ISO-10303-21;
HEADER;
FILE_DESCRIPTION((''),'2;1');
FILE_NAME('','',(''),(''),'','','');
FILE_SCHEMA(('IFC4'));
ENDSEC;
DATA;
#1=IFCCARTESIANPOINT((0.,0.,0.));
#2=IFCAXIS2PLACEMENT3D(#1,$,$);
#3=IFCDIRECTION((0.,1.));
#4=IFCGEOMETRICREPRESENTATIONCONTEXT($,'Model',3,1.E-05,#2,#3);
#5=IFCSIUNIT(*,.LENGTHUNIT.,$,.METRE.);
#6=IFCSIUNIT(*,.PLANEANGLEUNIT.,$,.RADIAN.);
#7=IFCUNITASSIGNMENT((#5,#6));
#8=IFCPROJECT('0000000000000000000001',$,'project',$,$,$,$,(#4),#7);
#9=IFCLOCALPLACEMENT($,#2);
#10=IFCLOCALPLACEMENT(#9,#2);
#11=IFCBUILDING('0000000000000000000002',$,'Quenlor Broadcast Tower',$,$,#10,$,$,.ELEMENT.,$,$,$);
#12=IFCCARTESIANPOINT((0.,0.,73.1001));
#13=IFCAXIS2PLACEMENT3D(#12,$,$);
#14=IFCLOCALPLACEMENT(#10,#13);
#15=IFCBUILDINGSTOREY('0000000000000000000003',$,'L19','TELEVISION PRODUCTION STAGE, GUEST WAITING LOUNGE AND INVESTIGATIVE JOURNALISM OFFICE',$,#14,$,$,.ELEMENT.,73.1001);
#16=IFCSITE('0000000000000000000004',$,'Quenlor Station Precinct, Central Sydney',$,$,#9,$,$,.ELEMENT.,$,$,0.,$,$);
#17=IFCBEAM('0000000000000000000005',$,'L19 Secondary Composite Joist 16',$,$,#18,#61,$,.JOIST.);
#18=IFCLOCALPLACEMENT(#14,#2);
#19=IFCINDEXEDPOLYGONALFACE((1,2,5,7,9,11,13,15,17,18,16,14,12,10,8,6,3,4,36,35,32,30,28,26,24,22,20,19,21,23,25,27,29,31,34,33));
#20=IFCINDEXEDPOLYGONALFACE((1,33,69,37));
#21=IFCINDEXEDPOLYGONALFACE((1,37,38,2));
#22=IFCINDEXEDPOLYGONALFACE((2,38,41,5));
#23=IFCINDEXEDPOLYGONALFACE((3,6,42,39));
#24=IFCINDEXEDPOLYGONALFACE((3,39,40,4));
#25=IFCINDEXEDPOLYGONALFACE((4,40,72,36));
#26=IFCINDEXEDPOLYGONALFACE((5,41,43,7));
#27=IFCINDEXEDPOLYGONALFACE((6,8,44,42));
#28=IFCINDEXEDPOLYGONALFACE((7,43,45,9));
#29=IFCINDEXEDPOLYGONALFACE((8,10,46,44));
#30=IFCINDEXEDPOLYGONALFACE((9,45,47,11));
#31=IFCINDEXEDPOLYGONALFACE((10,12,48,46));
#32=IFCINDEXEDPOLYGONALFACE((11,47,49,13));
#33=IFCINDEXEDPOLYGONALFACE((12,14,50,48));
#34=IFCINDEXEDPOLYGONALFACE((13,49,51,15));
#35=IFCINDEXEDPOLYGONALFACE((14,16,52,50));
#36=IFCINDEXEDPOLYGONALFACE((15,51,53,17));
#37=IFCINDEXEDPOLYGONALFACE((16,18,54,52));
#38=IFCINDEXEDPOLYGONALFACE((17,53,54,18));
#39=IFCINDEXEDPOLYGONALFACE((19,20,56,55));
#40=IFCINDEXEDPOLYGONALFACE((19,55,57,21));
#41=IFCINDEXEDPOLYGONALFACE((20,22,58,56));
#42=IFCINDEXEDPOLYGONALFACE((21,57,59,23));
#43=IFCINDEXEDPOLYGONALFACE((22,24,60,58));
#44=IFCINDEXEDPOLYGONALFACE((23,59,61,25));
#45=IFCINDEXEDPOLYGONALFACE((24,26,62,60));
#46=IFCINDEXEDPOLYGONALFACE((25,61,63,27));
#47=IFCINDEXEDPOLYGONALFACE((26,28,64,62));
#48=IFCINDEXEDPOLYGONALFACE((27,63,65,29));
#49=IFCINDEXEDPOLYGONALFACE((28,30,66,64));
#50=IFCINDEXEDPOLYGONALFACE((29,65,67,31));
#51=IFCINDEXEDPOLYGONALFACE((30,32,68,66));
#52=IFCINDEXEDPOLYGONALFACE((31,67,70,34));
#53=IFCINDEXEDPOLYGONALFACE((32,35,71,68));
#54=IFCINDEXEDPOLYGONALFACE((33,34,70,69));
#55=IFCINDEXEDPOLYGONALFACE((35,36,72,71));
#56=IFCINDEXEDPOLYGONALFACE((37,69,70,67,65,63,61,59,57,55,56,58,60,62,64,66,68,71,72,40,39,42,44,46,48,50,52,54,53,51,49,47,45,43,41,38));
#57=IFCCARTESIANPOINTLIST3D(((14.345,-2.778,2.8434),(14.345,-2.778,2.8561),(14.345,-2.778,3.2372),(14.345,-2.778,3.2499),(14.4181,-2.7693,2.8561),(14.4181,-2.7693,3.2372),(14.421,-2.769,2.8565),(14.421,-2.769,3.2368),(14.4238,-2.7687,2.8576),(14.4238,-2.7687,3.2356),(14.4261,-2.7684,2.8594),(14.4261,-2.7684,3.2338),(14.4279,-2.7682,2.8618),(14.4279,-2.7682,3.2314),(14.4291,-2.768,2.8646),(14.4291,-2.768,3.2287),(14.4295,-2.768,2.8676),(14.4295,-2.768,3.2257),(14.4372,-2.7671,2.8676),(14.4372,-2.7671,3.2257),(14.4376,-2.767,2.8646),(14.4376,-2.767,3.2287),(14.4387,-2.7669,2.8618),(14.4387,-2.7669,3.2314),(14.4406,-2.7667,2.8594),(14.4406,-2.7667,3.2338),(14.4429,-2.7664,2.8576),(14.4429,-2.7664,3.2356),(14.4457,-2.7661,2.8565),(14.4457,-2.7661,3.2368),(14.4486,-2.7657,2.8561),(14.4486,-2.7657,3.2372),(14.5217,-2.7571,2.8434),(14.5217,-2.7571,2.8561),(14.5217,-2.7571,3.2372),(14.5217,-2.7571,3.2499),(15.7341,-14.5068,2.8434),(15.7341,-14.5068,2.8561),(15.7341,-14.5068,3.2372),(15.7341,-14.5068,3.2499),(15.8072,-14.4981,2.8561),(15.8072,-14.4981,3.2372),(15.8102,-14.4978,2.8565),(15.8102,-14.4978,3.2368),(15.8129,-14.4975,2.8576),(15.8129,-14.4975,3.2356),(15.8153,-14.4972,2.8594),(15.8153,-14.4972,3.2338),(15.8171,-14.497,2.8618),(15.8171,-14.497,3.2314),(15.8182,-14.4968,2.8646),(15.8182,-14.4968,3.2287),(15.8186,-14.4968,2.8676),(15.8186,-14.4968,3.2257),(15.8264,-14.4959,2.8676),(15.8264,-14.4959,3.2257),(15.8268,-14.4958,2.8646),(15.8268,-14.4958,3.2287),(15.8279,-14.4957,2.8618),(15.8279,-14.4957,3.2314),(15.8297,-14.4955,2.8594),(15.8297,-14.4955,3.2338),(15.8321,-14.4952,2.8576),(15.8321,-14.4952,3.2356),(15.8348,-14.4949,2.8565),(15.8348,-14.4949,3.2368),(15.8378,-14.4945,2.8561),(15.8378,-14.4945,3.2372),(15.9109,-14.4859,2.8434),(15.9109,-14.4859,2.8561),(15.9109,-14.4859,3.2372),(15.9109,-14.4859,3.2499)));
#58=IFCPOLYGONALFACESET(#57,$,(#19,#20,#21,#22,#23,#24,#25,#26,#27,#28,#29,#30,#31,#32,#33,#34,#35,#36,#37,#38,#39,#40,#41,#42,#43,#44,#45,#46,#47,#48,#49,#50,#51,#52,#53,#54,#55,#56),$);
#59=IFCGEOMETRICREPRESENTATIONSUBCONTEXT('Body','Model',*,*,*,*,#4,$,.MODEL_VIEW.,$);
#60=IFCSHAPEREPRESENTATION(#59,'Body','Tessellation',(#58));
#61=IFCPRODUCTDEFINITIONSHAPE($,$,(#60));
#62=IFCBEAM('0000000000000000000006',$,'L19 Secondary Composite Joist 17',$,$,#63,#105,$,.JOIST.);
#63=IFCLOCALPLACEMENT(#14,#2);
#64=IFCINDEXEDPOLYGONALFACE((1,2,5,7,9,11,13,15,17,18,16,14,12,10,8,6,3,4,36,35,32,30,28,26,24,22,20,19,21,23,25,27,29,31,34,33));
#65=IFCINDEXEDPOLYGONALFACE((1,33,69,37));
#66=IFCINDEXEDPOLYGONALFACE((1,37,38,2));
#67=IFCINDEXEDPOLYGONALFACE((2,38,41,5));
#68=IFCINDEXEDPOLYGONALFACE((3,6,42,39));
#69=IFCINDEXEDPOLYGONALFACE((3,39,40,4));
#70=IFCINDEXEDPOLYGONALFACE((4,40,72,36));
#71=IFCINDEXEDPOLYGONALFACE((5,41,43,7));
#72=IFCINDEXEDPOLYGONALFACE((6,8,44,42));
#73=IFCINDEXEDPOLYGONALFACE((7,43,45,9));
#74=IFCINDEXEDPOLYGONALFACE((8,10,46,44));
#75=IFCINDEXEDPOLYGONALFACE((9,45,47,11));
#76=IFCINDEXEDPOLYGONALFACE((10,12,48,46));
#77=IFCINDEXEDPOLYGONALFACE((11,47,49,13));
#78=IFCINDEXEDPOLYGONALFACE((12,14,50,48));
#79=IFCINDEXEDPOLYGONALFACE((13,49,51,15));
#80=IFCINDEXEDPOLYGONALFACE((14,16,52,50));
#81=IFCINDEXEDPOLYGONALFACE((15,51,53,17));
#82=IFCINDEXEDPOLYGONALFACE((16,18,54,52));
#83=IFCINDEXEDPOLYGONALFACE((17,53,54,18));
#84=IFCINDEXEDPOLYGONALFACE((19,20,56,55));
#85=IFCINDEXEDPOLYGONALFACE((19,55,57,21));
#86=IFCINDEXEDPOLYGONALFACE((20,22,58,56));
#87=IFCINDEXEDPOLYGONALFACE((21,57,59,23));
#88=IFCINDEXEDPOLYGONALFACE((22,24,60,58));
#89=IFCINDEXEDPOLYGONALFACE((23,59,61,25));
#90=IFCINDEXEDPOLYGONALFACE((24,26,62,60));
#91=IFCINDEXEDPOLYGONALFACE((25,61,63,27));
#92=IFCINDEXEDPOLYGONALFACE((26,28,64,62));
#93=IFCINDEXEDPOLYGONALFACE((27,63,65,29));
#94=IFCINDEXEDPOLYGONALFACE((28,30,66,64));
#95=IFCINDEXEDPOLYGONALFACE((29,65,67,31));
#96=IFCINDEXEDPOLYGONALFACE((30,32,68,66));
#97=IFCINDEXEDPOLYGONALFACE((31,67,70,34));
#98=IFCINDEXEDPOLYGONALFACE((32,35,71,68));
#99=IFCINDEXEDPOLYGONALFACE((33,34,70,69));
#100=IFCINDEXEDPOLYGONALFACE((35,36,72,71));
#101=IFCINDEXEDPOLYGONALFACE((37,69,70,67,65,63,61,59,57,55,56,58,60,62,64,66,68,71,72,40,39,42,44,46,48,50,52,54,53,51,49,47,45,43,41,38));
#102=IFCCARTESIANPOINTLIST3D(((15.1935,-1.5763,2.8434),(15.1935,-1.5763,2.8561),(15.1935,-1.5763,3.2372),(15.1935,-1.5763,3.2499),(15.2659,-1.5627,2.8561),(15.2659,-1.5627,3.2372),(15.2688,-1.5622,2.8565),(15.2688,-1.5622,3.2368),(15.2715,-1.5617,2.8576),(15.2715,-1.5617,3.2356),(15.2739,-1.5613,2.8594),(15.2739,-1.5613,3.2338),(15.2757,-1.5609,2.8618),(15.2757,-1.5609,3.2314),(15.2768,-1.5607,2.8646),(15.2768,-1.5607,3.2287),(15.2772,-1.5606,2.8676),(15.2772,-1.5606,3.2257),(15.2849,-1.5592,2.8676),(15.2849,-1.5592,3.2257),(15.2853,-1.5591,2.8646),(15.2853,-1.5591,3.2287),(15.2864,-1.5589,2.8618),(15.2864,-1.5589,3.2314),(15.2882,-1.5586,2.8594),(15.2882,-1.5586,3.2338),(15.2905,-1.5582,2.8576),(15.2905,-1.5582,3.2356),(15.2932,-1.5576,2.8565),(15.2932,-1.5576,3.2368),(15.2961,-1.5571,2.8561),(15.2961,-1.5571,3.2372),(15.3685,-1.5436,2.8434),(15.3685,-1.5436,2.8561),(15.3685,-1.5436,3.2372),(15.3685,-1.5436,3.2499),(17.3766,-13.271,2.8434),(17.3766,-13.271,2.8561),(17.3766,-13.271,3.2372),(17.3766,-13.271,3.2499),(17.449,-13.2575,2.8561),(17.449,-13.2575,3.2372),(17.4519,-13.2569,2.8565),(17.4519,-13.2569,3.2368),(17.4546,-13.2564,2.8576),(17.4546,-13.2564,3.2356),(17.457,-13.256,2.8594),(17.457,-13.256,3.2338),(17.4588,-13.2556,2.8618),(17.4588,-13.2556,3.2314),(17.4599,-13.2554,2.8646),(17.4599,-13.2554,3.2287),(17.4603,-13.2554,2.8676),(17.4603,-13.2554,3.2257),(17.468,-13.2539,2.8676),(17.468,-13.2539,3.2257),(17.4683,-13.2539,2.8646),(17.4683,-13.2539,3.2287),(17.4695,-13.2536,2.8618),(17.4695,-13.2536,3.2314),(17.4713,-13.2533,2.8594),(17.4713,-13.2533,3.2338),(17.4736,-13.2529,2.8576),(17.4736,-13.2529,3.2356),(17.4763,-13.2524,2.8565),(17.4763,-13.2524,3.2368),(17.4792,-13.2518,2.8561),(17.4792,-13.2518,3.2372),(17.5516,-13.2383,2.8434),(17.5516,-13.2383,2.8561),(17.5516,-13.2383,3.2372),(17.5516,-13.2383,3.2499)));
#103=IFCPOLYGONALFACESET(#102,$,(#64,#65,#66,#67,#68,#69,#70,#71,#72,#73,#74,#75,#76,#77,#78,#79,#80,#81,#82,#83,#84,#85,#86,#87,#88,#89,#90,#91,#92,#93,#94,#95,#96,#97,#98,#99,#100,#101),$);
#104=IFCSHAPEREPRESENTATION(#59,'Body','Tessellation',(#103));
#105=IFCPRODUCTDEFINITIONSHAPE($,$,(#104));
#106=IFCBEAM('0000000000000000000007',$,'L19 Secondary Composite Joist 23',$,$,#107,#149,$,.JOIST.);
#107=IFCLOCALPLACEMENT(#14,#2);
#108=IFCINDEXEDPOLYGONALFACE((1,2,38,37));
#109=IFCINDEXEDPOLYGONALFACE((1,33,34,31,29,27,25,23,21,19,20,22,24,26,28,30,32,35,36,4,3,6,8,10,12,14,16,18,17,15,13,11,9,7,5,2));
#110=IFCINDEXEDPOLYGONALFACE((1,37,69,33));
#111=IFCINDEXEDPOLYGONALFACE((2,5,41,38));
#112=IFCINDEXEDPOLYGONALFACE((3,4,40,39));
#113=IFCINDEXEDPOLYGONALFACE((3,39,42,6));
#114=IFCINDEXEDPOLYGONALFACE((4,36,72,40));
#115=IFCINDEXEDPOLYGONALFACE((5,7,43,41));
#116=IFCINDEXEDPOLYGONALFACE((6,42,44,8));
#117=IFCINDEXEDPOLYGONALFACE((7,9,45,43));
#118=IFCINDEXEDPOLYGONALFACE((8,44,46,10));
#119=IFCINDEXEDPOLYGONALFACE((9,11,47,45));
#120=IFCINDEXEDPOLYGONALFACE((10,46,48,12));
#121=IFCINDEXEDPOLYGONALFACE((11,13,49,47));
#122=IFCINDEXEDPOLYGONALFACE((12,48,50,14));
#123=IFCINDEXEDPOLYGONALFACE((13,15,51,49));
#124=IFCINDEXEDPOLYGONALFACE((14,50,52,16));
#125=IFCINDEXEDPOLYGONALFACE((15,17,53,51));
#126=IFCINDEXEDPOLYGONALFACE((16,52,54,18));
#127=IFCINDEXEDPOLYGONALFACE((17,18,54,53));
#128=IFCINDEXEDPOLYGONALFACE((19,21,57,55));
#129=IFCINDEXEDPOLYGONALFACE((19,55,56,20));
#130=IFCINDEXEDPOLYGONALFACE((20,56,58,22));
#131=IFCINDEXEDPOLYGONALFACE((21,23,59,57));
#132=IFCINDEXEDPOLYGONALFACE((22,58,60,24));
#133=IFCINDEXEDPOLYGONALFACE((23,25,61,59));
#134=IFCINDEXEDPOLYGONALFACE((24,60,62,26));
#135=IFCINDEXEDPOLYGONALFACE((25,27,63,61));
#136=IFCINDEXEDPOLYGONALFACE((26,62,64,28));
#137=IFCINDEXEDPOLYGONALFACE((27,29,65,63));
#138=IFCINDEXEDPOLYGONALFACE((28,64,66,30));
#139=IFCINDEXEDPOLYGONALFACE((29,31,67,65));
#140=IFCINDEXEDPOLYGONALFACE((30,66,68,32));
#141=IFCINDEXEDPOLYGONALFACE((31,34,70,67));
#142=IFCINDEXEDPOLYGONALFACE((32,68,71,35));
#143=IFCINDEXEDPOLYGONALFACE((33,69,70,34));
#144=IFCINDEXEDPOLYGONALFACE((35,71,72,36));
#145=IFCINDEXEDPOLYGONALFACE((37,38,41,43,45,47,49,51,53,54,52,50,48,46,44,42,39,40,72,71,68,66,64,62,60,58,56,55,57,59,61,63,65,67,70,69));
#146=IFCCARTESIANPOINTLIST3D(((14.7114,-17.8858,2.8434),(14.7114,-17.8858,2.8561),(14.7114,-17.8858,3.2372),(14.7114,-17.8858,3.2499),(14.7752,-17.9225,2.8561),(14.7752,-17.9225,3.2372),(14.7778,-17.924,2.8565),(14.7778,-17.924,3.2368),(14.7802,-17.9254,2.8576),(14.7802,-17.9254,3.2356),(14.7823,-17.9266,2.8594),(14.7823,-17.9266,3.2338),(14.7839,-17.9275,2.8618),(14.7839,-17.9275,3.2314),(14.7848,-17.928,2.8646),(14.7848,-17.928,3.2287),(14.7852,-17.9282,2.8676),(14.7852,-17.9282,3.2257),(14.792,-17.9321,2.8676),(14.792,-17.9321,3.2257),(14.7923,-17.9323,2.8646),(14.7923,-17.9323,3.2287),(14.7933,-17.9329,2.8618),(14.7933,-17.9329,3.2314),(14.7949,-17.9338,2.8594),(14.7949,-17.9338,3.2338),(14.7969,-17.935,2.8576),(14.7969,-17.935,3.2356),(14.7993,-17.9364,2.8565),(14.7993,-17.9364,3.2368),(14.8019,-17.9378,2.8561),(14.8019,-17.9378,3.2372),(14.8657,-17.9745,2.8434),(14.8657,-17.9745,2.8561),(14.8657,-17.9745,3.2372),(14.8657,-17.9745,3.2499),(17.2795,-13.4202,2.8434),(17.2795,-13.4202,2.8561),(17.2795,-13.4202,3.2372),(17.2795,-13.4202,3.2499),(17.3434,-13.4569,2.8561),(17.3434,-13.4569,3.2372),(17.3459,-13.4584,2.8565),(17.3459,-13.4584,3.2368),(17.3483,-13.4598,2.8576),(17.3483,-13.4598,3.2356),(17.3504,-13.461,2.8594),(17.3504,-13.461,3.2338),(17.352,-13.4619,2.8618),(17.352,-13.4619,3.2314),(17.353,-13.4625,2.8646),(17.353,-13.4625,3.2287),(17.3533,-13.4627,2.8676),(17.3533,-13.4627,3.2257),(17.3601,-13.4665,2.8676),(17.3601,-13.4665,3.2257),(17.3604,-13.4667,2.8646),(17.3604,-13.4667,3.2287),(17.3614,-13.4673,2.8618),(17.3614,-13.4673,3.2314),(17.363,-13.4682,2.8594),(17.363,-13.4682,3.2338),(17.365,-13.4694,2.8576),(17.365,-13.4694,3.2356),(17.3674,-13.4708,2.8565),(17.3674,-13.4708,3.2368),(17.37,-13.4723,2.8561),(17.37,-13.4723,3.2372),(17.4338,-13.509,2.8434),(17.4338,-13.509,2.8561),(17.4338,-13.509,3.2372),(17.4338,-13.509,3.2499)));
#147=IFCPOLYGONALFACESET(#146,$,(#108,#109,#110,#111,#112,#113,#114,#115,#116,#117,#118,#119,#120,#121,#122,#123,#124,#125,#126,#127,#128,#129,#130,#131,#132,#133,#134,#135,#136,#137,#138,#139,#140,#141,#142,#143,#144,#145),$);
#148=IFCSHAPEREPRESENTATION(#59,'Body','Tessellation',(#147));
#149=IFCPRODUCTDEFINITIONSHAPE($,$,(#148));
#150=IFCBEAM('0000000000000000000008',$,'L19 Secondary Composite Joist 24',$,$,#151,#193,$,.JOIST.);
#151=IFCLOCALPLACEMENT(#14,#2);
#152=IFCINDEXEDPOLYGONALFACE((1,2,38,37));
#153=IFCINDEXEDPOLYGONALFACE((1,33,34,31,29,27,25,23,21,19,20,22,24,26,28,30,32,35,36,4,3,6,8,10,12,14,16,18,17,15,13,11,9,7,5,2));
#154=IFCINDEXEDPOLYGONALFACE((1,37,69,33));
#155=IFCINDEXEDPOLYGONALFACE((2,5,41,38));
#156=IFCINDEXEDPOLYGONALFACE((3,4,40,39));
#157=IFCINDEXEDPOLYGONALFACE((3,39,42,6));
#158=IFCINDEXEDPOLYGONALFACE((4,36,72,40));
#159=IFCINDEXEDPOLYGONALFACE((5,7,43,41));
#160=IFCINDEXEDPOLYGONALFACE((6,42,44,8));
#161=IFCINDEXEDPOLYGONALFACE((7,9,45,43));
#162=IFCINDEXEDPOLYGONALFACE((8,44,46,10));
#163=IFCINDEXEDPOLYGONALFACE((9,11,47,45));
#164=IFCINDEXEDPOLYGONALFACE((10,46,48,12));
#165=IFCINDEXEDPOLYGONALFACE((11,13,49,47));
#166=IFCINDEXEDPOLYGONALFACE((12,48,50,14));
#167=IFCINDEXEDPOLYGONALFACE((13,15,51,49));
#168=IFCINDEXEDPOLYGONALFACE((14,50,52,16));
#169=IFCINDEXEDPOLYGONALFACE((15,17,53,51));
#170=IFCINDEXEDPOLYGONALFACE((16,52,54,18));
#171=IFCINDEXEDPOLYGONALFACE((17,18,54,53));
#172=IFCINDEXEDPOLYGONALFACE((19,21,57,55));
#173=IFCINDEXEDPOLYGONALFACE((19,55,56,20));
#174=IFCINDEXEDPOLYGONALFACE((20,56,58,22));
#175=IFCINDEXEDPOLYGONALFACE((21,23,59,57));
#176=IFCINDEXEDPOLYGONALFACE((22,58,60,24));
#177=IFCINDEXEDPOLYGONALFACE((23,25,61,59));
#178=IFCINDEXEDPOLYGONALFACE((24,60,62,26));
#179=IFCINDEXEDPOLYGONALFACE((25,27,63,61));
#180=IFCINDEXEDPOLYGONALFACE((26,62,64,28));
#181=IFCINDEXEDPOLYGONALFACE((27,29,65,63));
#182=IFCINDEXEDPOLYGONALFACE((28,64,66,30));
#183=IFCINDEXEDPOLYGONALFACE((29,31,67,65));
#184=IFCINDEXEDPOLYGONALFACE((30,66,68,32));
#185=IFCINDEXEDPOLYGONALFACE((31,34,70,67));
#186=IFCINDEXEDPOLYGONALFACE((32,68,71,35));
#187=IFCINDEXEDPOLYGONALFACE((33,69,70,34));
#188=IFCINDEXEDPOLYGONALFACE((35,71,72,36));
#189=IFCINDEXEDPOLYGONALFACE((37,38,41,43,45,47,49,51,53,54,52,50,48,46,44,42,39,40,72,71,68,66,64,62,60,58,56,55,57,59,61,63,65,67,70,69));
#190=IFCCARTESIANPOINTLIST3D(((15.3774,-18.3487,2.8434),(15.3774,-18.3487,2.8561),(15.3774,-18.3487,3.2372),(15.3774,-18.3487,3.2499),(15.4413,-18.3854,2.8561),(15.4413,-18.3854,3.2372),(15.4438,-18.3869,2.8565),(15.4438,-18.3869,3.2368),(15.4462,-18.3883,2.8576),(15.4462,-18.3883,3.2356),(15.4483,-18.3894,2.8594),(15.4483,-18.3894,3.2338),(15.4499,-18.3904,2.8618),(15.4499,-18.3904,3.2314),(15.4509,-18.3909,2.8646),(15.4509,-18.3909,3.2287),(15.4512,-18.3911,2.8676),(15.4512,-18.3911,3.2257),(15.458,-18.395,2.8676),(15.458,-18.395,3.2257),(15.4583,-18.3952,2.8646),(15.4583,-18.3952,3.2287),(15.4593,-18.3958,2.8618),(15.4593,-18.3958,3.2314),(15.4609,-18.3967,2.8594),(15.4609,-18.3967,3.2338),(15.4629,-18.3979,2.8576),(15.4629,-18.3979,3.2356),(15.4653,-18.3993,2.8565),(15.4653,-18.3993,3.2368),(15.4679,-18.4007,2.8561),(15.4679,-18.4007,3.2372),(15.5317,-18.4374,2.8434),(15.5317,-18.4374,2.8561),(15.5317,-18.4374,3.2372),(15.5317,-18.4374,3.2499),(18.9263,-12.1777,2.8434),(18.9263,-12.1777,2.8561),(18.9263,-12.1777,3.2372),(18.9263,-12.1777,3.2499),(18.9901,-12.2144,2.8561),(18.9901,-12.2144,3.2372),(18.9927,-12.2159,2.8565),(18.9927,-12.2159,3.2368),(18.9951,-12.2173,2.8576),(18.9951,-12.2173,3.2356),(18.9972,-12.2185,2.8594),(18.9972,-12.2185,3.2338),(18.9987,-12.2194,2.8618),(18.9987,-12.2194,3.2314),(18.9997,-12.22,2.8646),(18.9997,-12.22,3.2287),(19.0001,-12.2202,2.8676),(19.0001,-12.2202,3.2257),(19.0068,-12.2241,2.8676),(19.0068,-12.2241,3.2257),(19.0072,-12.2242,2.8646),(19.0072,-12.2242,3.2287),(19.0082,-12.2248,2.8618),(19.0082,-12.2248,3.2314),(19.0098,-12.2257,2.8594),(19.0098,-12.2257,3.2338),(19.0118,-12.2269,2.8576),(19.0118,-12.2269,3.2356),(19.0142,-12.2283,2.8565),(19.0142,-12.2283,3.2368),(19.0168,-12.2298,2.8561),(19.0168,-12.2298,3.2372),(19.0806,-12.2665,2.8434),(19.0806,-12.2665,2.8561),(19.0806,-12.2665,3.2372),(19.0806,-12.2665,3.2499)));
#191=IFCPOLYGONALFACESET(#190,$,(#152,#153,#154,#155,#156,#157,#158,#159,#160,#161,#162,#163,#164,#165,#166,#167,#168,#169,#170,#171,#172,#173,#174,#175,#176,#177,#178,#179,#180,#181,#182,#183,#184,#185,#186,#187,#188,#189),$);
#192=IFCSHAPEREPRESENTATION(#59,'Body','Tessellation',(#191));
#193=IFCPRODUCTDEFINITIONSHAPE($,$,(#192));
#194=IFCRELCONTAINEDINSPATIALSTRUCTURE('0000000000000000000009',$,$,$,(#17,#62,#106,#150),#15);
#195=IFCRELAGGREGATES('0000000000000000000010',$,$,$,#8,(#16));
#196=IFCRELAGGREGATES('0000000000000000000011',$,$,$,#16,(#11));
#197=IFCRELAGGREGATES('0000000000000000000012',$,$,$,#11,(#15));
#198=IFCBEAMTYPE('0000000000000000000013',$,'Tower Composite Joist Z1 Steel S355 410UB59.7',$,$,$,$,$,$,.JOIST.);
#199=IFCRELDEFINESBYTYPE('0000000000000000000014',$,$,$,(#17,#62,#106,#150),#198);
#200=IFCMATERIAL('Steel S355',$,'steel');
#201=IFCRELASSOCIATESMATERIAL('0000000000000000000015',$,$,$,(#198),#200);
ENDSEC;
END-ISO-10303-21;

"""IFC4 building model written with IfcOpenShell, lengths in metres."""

from ifc_helpers import new_model, si_unit, direction, frame, origin, origin_2d, place, context, subcontext, project, spatial, i_section, extrude, material, material_profile, profile_set, type_object, element, save


model = new_model("IFC4")

# Units and contexts
model_context = context("Model", 3, precision=1e-05, world=origin(), true_north=direction((0.0, 1.0)))
body_context = subcontext(model_context, "Body", "Model", "MODEL_VIEW")
ifc_project = project(units=[si_unit("LENGTHUNIT", "METRE"), si_unit("PLANEANGLEUNIT", "RADIAN")], contexts=[model_context])

# Site, building, storey
site_placement = place(None, origin())
site = spatial("IfcSite", under=ifc_project, at=site_placement, Name="Quenlor Station Precinct, Central Sydney", CompositionType="ELEMENT", RefElevation=0.0)
building_placement = place(site_placement, origin())
building = spatial("IfcBuilding", under=site, at=building_placement, Name="Quenlor Broadcast Tower", CompositionType="ELEMENT")
storey_placement = place(building_placement, frame((0.0, 0.0, 73.1001)))
storey = spatial("IfcBuildingStorey", under=building, at=storey_placement, Name="L19", Description="TELEVISION PRODUCTION STAGE, GUEST WAITING LOUNGE AND INVESTIGATIVE JOURNALISM OFFICE", CompositionType="ELEMENT", Elevation=73.1001)

# Beams
ifc_material_1 = material(Name="Steel S355", Category="steel")
ifc_material_profile_1 = material_profile(ifc_material_1, i_section(OverallWidth=0.178, OverallDepth=0.4065, WebThickness=0.0078, FlangeThickness=0.0127, FilletRadius=0.0115, at=origin_2d()))
ifc_profile_set_1 = profile_set([ifc_material_profile_1], Name="Steel S355 410UB59.7")
beam_type_1 = type_object("IfcBeamType", Name="Tower Composite Joist Z1 Steel S355 410UB59.7", PredefinedType="JOIST", material=ifc_profile_set_1)
beam_1_placement = place(storey_placement, frame((15.8225, -14.4963, 3.0466), z_axis=(-0.117618, 0.993059, 0.0), x_axis=(-0.993059, -0.117618, 0.0)))
element("IfcBeam", 1, at=beam_1_placement, inside=storey, type_object=beam_type_1, Name="L19 Secondary Composite Joist 16", PredefinedType="JOIST", context=body_context, shape_type="SweptSolid", body=[
    extrude(i_section(OverallWidth=0.178, OverallDepth=0.4065, WebThickness=0.0078, FlangeThickness=0.0127, FilletRadius=0.0115, at=origin_2d()), origin(), (0.0, 0.0, 1.0), 11.8108),
])
beam_2_placement = place(storey_placement, frame((17.4641, -13.2546, 3.0466), z_axis=(-0.183503, 0.983019, 0.0), x_axis=(-0.983019, -0.183503, 0.0)))
element("IfcBeam", 2, at=beam_2_placement, inside=storey, type_object=beam_type_1, Name="L19 Secondary Composite Joist 17", PredefinedType="JOIST", context=body_context, shape_type="SweptSolid", body=[
    extrude(i_section(OverallWidth=0.178, OverallDepth=0.4065, WebThickness=0.0078, FlangeThickness=0.0127, FilletRadius=0.0115, at=origin_2d()), origin(), (0.0, 0.0, 1.0), 11.8967),
])
beam_3_placement = place(storey_placement, frame((14.7886, -17.9302, 3.0466), z_axis=(0.498531, 0.866872, 0.0), x_axis=(-0.866872, 0.498531, 0.0)))
element("IfcBeam", 3, at=beam_3_placement, inside=storey, type_object=beam_type_1, Name="L19 Secondary Composite Joist 23", PredefinedType="JOIST", context=body_context, shape_type="SweptSolid", body=[
    extrude(i_section(OverallWidth=0.178, OverallDepth=0.4065, WebThickness=0.0078, FlangeThickness=0.0127, FilletRadius=0.0115, at=origin_2d()), origin(), (0.0, 0.0, 1.0), 5.1514),
])
beam_4_placement = place(storey_placement, frame((15.4546, -18.3931, 3.0466), z_axis=(0.49853, 0.866872, 0.0), x_axis=(-0.866872, 0.49853, 0.0)))
element("IfcBeam", 4, at=beam_4_placement, inside=storey, type_object=beam_type_1, Name="L19 Secondary Composite Joist 24", PredefinedType="JOIST", context=body_context, shape_type="SweptSolid", body=[
    extrude(i_section(OverallWidth=0.178, OverallDepth=0.4065, WebThickness=0.0078, FlangeThickness=0.0127, FilletRadius=0.0115, at=origin_2d()), origin(), (0.0, 0.0, 1.0), 7.1187),
])

save(model, "model.ifc")
